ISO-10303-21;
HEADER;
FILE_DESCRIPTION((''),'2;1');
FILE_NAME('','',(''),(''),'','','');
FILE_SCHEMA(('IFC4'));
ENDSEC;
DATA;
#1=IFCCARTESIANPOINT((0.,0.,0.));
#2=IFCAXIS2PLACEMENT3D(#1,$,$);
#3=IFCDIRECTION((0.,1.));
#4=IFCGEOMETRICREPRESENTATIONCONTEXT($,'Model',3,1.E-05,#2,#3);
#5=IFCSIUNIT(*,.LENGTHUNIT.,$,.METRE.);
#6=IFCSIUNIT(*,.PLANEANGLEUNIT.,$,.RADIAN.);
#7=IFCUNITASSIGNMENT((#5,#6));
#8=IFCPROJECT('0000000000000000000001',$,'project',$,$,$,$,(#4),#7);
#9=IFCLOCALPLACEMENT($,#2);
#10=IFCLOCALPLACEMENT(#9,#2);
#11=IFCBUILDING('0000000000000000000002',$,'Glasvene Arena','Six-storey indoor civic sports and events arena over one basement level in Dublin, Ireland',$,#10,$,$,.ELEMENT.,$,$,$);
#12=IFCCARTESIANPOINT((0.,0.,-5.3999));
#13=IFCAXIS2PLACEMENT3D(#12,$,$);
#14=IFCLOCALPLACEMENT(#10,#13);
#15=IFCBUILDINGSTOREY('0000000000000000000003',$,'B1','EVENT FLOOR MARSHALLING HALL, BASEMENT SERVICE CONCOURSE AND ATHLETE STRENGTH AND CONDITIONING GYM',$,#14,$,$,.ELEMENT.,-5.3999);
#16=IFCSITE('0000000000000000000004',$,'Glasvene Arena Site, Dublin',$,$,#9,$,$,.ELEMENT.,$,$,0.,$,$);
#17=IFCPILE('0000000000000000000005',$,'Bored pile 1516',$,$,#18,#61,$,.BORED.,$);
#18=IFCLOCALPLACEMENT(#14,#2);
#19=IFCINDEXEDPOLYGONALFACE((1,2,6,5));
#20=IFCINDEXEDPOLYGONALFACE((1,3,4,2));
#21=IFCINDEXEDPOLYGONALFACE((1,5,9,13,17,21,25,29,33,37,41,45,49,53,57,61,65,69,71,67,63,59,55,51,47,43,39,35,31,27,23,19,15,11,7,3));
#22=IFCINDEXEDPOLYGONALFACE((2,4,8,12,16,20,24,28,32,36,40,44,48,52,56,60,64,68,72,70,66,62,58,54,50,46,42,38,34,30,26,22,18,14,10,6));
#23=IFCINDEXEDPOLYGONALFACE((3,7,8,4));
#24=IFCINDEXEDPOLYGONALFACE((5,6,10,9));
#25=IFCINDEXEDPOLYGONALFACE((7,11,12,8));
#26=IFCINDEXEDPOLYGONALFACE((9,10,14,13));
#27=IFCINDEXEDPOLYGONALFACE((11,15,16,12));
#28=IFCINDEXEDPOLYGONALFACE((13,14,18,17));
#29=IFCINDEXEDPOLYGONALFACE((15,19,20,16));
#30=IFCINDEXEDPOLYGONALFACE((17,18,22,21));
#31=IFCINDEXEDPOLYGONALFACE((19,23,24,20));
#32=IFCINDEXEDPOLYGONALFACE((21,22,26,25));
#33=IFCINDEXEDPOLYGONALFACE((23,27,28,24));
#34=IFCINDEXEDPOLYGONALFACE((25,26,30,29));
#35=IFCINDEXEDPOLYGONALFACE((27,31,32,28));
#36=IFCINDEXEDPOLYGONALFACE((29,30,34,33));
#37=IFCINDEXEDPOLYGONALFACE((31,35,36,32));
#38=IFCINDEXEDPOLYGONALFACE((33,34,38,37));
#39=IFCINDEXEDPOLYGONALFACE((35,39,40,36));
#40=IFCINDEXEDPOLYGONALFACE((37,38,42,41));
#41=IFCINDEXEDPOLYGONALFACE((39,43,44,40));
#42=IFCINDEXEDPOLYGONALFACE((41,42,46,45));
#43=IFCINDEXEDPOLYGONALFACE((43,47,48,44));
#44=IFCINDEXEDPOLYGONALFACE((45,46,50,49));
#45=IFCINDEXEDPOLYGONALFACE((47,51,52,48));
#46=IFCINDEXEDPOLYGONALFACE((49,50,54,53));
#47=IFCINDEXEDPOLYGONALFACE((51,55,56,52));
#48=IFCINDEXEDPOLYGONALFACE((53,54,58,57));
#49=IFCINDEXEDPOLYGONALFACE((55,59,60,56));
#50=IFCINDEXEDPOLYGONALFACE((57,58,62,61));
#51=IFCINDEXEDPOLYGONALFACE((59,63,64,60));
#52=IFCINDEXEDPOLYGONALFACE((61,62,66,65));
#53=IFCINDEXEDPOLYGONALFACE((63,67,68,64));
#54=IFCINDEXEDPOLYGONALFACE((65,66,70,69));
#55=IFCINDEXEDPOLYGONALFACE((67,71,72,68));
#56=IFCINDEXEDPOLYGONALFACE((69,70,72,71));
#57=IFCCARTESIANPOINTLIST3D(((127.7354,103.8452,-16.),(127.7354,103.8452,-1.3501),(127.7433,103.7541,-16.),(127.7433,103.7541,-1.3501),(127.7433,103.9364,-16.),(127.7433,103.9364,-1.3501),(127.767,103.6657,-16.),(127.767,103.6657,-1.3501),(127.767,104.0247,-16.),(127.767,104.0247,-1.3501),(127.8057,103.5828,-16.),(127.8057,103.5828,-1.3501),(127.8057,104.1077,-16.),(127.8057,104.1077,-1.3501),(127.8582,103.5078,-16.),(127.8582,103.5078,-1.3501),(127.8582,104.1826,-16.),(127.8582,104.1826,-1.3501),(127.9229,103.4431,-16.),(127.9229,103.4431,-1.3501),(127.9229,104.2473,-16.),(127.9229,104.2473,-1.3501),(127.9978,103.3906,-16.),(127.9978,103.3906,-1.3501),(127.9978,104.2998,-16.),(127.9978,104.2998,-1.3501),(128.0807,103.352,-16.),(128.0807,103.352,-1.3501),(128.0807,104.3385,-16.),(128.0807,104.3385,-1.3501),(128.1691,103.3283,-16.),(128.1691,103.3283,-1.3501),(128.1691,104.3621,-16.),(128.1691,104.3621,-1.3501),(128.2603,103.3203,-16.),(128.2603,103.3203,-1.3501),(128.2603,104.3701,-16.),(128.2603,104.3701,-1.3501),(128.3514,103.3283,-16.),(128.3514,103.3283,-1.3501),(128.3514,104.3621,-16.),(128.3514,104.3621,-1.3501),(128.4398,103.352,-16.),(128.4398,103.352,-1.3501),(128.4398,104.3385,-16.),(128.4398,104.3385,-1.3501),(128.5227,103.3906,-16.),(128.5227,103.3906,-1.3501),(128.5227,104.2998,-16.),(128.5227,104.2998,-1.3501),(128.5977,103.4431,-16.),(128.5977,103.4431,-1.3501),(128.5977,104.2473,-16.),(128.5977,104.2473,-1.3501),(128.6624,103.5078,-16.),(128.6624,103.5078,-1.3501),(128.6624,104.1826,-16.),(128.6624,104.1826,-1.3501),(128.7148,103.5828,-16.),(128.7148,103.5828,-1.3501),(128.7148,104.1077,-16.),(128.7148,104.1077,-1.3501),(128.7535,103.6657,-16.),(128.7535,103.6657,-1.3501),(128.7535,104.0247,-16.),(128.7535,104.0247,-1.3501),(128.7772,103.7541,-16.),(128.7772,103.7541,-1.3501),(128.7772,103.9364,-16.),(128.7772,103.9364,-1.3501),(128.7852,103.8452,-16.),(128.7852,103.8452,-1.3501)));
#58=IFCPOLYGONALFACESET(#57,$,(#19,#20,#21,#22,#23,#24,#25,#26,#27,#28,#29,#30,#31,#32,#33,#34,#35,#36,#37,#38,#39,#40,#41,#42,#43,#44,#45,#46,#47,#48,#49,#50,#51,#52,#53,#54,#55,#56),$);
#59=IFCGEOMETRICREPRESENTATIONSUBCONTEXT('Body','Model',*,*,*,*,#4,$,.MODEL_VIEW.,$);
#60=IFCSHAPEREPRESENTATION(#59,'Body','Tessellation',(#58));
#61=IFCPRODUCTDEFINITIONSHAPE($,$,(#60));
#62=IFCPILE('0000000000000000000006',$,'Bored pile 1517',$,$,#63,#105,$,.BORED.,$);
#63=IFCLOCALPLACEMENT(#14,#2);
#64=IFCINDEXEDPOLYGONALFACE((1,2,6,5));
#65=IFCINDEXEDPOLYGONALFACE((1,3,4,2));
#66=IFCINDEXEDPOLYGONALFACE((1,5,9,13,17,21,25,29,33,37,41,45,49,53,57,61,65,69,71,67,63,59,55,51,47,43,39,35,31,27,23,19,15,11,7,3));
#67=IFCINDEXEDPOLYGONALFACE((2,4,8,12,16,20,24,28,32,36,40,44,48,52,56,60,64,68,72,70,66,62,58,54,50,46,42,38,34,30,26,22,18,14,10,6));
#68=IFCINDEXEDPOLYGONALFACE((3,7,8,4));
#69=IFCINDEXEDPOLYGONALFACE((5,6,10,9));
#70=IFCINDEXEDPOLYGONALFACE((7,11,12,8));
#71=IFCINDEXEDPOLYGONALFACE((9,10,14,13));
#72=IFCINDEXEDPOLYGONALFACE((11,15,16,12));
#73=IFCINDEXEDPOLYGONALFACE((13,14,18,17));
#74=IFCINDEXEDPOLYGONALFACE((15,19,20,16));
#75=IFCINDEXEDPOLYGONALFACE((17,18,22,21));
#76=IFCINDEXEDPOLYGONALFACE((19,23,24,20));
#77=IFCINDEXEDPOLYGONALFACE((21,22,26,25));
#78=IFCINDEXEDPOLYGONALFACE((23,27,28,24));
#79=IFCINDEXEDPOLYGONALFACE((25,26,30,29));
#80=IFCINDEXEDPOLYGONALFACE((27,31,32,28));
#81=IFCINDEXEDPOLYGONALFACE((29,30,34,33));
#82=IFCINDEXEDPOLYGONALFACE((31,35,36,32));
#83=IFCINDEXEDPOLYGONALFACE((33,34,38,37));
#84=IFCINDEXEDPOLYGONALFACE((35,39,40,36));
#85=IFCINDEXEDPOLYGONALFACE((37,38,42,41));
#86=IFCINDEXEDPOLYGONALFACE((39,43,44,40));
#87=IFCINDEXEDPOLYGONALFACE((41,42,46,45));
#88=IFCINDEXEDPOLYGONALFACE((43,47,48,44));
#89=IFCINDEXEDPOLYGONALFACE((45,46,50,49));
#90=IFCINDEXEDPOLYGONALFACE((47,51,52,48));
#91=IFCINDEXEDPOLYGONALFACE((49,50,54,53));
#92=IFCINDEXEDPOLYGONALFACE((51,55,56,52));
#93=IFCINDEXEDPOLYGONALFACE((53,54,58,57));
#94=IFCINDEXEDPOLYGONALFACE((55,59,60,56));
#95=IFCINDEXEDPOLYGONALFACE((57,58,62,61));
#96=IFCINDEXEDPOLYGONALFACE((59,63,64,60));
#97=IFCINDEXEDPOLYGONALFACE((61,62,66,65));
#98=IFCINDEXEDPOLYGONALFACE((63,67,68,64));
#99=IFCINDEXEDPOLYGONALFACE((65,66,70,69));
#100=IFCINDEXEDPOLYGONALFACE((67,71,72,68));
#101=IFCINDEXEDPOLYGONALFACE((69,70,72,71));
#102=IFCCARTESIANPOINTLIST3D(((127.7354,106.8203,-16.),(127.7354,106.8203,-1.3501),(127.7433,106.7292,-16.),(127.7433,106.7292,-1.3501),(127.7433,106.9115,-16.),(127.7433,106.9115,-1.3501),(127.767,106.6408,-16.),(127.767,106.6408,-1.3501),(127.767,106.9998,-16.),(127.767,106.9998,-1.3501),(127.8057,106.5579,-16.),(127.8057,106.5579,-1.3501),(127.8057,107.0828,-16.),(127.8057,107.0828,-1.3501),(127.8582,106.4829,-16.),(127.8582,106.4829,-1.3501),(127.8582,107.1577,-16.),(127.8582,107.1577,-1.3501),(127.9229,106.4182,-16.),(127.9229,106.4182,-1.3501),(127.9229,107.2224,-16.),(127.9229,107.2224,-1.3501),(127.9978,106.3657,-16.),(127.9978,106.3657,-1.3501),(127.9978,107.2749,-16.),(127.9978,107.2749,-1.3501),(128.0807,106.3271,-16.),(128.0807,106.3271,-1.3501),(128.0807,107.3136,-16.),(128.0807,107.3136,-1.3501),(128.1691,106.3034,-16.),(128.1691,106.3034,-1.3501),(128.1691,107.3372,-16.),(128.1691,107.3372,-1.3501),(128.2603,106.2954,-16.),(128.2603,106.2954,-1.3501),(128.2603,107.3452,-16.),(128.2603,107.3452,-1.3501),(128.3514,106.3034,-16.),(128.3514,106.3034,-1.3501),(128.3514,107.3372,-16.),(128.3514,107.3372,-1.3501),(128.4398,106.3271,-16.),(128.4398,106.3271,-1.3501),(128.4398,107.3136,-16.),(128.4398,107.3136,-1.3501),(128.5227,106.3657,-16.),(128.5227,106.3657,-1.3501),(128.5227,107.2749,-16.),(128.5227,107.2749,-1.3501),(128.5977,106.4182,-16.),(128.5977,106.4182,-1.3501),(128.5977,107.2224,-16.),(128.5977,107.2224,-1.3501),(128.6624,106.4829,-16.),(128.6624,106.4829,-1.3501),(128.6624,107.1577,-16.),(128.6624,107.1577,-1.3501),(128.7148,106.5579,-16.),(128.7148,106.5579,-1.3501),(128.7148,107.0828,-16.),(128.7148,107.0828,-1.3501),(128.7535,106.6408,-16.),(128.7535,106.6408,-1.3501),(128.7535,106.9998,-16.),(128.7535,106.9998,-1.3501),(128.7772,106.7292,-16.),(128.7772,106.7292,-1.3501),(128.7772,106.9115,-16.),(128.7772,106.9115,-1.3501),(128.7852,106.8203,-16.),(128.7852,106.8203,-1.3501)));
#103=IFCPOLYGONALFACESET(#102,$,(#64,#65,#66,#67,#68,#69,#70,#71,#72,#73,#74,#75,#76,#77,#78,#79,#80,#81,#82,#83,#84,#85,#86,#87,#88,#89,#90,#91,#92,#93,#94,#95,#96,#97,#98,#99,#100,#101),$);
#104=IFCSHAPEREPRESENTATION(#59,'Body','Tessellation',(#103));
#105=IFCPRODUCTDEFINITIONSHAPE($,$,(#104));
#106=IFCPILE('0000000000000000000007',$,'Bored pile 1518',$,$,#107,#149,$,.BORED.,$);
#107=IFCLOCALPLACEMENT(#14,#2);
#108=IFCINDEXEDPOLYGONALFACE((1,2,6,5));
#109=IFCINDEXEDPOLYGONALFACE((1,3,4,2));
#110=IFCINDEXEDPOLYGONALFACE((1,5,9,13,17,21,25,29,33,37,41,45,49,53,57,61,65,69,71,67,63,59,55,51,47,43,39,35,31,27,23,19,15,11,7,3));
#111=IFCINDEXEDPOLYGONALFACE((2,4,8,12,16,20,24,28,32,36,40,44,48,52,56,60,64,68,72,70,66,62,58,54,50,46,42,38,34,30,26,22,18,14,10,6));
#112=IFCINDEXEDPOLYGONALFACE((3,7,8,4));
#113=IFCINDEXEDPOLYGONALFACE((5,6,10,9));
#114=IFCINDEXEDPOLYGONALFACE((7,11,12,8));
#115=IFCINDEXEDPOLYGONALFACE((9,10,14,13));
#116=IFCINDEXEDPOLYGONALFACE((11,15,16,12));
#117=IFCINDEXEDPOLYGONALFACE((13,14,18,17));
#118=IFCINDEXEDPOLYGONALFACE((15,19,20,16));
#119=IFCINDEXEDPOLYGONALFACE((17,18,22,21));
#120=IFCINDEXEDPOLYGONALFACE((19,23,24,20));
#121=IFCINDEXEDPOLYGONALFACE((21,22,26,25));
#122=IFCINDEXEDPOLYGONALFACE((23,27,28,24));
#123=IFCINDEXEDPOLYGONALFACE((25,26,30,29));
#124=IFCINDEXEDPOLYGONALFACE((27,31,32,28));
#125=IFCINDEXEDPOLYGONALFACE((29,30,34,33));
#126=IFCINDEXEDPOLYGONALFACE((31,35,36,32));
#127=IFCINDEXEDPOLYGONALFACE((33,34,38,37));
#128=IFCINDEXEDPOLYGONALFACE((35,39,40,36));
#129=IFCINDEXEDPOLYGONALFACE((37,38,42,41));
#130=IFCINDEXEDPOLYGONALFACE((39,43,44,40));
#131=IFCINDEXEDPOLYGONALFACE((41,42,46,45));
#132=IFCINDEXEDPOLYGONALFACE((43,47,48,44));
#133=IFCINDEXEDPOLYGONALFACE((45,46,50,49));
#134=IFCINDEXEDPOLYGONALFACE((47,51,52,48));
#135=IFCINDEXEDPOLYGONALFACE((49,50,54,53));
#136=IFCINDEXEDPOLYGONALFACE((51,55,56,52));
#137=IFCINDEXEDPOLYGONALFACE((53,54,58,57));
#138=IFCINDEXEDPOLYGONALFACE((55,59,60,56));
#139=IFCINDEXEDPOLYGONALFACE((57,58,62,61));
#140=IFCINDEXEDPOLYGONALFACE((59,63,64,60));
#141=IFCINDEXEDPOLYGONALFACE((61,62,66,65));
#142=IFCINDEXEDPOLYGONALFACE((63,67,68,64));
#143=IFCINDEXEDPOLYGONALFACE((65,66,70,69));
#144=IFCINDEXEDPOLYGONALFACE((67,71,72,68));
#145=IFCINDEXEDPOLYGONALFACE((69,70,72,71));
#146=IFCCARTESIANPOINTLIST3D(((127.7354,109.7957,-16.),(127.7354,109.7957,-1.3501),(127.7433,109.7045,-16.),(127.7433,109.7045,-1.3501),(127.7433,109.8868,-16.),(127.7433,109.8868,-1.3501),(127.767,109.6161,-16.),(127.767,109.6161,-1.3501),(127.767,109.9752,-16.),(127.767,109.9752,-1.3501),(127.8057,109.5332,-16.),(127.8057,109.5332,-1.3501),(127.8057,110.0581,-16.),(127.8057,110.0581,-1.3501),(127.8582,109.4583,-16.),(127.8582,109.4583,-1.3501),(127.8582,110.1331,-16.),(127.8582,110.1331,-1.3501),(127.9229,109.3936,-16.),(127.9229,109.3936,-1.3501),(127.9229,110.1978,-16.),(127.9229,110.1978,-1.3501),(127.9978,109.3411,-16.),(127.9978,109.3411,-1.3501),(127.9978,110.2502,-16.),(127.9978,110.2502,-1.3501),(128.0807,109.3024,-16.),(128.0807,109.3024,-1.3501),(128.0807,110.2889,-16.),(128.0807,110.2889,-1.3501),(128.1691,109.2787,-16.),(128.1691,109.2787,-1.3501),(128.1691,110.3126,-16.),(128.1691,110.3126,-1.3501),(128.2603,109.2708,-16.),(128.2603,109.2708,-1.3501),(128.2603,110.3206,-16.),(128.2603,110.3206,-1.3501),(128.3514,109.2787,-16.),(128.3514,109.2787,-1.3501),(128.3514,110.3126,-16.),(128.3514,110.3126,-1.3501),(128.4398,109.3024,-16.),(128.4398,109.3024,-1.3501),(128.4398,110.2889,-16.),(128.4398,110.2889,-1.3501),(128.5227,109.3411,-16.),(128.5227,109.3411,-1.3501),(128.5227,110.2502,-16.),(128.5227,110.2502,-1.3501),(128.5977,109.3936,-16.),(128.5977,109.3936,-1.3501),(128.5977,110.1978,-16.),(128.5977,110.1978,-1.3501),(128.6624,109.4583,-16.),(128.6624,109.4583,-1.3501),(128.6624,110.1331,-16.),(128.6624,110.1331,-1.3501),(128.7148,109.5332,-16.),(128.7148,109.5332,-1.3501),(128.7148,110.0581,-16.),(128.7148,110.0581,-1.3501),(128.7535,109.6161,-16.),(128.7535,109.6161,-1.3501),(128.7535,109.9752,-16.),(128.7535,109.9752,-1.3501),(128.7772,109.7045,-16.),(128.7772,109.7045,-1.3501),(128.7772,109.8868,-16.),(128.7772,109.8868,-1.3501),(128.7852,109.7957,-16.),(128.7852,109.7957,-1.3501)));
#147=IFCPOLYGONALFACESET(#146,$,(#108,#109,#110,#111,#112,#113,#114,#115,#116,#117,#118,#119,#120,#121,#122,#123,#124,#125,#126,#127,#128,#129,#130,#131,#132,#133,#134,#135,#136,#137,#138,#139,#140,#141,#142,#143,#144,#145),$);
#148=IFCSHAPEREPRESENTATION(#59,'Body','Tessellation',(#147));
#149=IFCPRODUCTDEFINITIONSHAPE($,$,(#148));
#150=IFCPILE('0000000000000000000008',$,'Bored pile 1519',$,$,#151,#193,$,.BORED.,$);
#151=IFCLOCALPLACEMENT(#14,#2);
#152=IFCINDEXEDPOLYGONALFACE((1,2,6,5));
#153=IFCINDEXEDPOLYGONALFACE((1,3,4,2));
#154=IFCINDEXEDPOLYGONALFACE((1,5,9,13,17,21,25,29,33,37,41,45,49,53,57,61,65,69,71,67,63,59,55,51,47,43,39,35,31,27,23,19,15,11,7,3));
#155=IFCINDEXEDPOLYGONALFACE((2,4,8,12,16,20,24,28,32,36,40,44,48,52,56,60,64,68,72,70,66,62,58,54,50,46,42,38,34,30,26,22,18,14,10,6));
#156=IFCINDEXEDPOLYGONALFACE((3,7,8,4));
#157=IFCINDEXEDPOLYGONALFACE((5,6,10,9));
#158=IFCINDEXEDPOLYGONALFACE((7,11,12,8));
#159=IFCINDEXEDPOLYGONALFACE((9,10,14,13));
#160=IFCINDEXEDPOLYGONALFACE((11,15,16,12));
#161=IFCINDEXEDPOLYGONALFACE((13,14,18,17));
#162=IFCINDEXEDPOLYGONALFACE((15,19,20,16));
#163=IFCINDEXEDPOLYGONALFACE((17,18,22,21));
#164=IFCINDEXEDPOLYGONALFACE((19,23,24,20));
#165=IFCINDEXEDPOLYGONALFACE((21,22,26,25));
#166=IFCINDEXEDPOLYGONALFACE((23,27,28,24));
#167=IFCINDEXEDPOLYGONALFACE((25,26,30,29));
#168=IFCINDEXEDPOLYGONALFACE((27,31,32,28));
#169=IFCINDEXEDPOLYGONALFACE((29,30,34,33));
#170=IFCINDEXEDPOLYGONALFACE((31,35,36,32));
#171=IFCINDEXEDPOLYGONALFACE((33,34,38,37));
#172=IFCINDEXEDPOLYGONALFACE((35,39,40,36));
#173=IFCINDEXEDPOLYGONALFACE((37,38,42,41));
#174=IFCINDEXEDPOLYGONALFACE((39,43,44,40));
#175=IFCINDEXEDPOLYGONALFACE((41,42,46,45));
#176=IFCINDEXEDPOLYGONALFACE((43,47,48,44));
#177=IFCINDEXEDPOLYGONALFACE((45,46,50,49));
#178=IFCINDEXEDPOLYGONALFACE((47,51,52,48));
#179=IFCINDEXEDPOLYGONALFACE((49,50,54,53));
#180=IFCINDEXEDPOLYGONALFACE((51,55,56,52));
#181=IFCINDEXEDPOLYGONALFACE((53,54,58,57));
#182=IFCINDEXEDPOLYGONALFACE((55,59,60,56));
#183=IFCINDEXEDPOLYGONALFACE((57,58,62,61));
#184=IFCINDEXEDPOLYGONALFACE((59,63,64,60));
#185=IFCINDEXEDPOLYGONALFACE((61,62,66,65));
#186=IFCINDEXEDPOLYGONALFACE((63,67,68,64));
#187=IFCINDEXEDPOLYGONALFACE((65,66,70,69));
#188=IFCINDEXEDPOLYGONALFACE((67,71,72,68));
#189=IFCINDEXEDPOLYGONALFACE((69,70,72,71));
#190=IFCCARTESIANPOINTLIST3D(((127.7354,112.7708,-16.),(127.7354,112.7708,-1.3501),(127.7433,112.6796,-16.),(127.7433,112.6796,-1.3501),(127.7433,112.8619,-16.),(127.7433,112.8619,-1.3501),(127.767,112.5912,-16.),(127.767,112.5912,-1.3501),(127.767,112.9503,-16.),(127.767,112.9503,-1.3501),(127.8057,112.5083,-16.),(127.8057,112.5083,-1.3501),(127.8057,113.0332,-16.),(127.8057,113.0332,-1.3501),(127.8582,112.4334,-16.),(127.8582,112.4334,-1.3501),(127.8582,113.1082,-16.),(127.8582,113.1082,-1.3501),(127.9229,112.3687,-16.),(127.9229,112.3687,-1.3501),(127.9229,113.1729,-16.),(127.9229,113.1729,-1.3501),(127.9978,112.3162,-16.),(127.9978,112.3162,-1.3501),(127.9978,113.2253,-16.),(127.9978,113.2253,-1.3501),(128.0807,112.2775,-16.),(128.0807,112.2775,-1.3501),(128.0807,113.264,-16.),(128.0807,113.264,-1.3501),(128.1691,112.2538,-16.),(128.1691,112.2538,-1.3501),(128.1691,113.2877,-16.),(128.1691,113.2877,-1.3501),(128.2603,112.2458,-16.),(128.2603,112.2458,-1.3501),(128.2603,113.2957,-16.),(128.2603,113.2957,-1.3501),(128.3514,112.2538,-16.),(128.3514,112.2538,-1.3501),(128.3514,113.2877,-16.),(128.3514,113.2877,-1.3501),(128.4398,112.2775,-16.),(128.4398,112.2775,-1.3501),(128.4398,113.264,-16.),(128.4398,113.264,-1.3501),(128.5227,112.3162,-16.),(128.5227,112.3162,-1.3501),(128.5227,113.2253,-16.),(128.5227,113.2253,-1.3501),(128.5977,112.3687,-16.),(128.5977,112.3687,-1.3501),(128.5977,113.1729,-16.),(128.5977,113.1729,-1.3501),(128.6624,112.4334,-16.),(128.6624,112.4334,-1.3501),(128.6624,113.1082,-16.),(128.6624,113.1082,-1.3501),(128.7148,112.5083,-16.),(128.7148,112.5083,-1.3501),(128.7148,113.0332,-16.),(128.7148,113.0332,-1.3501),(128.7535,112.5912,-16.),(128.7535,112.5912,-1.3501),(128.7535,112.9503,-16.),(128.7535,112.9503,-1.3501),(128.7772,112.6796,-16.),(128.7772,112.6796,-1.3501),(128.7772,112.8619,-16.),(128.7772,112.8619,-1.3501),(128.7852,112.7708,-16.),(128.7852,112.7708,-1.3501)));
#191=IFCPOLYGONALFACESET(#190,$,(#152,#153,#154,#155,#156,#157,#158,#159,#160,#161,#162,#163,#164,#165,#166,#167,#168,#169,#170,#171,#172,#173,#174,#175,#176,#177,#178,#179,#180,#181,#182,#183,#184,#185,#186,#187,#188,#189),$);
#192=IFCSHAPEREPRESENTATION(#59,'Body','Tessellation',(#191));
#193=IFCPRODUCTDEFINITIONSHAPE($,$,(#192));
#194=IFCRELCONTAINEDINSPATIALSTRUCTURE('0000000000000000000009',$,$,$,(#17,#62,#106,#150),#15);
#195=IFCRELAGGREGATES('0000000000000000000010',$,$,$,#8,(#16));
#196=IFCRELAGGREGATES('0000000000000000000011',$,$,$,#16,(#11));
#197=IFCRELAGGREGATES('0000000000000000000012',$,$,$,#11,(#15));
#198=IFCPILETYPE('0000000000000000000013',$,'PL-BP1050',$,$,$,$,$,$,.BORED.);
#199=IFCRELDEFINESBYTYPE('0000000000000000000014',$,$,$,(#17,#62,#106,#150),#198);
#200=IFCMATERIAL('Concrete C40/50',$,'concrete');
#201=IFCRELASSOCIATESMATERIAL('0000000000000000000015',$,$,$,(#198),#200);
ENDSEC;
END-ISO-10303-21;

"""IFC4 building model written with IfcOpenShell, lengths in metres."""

from ifc_helpers import new_model, si_unit, direction, frame, origin, origin_2d, place, context, subcontext, project, spatial, circle, extrude, material, material_profile, profile_set, type_object, element, save


model = new_model("IFC4")

# Units and contexts
model_context = context("Model", 3, precision=1e-05, world=origin(), true_north=direction((0.0, 1.0)))
body_context = subcontext(model_context, "Body", "Model", "MODEL_VIEW")
ifc_project = project(units=[si_unit("LENGTHUNIT", "METRE"), si_unit("PLANEANGLEUNIT", "RADIAN")], contexts=[model_context])

# Site, building, storey
site_placement = place(None, origin())
site = spatial("IfcSite", under=ifc_project, at=site_placement, Name="Glasvene Arena Site, Dublin", CompositionType="ELEMENT", RefElevation=0.0)
building_placement = place(site_placement, origin())
building = spatial("IfcBuilding", under=site, at=building_placement, Name="Glasvene Arena", Description="Six-storey indoor civic sports and events arena over one basement level in Dublin, Ireland", CompositionType="ELEMENT")
storey_placement = place(building_placement, frame((0.0, 0.0, -5.3999)))
storey = spatial("IfcBuildingStorey", under=building, at=storey_placement, Name="B1", Description="EVENT FLOOR MARSHALLING HALL, BASEMENT SERVICE CONCOURSE AND ATHLETE STRENGTH AND CONDITIONING GYM", CompositionType="ELEMENT", Elevation=-5.3999)

# Piles
ifc_material_1 = material(Name="Concrete C40/50", Category="concrete")
ifc_material_profile_1 = material_profile(ifc_material_1, circle(Radius=0.5249, at=origin_2d()), Name="BORED PILE 1050")
ifc_profile_set_1 = profile_set([ifc_material_profile_1], Name="Concrete C40/50")
pile_type = type_object("IfcPileType", Name="PL-BP1050", PredefinedType="BORED", material=ifc_profile_set_1)
for number, where, z_axis, x_axis, name in (
    (1, (128.2603, 103.8452, -1.3501), (0.0, 0.0, -1.0), (1.0, 0.0, 0.0), "Bored pile 1516"),
    (2, (128.2603, 106.8203, -1.3501), (0.0, 0.0, -1.0), (1.0, 0.0, 0.0), "Bored pile 1517"),
    (3, (128.2603, 109.7957, -1.3501), (0.0, 0.0, -1.0), (1.0, 0.0, 0.0), "Bored pile 1518"),
    (4, (128.2603, 112.7708, -1.3501), (0.0, 0.0, -1.0), (1.0, 0.0, 0.0), "Bored pile 1519"),
):
    element("IfcPile", number, at=place(storey_placement, frame(where, z_axis=z_axis, x_axis=x_axis)), inside=storey, type_object=pile_type, Name=name, PredefinedType="BORED", context=body_context, shape_type="SweptSolid", body=[
        extrude(circle(Radius=0.5249, at=origin_2d()), origin(), (0.0, 0.0, 1.0), 14.6499),
    ])

save(model, "model.ifc")
